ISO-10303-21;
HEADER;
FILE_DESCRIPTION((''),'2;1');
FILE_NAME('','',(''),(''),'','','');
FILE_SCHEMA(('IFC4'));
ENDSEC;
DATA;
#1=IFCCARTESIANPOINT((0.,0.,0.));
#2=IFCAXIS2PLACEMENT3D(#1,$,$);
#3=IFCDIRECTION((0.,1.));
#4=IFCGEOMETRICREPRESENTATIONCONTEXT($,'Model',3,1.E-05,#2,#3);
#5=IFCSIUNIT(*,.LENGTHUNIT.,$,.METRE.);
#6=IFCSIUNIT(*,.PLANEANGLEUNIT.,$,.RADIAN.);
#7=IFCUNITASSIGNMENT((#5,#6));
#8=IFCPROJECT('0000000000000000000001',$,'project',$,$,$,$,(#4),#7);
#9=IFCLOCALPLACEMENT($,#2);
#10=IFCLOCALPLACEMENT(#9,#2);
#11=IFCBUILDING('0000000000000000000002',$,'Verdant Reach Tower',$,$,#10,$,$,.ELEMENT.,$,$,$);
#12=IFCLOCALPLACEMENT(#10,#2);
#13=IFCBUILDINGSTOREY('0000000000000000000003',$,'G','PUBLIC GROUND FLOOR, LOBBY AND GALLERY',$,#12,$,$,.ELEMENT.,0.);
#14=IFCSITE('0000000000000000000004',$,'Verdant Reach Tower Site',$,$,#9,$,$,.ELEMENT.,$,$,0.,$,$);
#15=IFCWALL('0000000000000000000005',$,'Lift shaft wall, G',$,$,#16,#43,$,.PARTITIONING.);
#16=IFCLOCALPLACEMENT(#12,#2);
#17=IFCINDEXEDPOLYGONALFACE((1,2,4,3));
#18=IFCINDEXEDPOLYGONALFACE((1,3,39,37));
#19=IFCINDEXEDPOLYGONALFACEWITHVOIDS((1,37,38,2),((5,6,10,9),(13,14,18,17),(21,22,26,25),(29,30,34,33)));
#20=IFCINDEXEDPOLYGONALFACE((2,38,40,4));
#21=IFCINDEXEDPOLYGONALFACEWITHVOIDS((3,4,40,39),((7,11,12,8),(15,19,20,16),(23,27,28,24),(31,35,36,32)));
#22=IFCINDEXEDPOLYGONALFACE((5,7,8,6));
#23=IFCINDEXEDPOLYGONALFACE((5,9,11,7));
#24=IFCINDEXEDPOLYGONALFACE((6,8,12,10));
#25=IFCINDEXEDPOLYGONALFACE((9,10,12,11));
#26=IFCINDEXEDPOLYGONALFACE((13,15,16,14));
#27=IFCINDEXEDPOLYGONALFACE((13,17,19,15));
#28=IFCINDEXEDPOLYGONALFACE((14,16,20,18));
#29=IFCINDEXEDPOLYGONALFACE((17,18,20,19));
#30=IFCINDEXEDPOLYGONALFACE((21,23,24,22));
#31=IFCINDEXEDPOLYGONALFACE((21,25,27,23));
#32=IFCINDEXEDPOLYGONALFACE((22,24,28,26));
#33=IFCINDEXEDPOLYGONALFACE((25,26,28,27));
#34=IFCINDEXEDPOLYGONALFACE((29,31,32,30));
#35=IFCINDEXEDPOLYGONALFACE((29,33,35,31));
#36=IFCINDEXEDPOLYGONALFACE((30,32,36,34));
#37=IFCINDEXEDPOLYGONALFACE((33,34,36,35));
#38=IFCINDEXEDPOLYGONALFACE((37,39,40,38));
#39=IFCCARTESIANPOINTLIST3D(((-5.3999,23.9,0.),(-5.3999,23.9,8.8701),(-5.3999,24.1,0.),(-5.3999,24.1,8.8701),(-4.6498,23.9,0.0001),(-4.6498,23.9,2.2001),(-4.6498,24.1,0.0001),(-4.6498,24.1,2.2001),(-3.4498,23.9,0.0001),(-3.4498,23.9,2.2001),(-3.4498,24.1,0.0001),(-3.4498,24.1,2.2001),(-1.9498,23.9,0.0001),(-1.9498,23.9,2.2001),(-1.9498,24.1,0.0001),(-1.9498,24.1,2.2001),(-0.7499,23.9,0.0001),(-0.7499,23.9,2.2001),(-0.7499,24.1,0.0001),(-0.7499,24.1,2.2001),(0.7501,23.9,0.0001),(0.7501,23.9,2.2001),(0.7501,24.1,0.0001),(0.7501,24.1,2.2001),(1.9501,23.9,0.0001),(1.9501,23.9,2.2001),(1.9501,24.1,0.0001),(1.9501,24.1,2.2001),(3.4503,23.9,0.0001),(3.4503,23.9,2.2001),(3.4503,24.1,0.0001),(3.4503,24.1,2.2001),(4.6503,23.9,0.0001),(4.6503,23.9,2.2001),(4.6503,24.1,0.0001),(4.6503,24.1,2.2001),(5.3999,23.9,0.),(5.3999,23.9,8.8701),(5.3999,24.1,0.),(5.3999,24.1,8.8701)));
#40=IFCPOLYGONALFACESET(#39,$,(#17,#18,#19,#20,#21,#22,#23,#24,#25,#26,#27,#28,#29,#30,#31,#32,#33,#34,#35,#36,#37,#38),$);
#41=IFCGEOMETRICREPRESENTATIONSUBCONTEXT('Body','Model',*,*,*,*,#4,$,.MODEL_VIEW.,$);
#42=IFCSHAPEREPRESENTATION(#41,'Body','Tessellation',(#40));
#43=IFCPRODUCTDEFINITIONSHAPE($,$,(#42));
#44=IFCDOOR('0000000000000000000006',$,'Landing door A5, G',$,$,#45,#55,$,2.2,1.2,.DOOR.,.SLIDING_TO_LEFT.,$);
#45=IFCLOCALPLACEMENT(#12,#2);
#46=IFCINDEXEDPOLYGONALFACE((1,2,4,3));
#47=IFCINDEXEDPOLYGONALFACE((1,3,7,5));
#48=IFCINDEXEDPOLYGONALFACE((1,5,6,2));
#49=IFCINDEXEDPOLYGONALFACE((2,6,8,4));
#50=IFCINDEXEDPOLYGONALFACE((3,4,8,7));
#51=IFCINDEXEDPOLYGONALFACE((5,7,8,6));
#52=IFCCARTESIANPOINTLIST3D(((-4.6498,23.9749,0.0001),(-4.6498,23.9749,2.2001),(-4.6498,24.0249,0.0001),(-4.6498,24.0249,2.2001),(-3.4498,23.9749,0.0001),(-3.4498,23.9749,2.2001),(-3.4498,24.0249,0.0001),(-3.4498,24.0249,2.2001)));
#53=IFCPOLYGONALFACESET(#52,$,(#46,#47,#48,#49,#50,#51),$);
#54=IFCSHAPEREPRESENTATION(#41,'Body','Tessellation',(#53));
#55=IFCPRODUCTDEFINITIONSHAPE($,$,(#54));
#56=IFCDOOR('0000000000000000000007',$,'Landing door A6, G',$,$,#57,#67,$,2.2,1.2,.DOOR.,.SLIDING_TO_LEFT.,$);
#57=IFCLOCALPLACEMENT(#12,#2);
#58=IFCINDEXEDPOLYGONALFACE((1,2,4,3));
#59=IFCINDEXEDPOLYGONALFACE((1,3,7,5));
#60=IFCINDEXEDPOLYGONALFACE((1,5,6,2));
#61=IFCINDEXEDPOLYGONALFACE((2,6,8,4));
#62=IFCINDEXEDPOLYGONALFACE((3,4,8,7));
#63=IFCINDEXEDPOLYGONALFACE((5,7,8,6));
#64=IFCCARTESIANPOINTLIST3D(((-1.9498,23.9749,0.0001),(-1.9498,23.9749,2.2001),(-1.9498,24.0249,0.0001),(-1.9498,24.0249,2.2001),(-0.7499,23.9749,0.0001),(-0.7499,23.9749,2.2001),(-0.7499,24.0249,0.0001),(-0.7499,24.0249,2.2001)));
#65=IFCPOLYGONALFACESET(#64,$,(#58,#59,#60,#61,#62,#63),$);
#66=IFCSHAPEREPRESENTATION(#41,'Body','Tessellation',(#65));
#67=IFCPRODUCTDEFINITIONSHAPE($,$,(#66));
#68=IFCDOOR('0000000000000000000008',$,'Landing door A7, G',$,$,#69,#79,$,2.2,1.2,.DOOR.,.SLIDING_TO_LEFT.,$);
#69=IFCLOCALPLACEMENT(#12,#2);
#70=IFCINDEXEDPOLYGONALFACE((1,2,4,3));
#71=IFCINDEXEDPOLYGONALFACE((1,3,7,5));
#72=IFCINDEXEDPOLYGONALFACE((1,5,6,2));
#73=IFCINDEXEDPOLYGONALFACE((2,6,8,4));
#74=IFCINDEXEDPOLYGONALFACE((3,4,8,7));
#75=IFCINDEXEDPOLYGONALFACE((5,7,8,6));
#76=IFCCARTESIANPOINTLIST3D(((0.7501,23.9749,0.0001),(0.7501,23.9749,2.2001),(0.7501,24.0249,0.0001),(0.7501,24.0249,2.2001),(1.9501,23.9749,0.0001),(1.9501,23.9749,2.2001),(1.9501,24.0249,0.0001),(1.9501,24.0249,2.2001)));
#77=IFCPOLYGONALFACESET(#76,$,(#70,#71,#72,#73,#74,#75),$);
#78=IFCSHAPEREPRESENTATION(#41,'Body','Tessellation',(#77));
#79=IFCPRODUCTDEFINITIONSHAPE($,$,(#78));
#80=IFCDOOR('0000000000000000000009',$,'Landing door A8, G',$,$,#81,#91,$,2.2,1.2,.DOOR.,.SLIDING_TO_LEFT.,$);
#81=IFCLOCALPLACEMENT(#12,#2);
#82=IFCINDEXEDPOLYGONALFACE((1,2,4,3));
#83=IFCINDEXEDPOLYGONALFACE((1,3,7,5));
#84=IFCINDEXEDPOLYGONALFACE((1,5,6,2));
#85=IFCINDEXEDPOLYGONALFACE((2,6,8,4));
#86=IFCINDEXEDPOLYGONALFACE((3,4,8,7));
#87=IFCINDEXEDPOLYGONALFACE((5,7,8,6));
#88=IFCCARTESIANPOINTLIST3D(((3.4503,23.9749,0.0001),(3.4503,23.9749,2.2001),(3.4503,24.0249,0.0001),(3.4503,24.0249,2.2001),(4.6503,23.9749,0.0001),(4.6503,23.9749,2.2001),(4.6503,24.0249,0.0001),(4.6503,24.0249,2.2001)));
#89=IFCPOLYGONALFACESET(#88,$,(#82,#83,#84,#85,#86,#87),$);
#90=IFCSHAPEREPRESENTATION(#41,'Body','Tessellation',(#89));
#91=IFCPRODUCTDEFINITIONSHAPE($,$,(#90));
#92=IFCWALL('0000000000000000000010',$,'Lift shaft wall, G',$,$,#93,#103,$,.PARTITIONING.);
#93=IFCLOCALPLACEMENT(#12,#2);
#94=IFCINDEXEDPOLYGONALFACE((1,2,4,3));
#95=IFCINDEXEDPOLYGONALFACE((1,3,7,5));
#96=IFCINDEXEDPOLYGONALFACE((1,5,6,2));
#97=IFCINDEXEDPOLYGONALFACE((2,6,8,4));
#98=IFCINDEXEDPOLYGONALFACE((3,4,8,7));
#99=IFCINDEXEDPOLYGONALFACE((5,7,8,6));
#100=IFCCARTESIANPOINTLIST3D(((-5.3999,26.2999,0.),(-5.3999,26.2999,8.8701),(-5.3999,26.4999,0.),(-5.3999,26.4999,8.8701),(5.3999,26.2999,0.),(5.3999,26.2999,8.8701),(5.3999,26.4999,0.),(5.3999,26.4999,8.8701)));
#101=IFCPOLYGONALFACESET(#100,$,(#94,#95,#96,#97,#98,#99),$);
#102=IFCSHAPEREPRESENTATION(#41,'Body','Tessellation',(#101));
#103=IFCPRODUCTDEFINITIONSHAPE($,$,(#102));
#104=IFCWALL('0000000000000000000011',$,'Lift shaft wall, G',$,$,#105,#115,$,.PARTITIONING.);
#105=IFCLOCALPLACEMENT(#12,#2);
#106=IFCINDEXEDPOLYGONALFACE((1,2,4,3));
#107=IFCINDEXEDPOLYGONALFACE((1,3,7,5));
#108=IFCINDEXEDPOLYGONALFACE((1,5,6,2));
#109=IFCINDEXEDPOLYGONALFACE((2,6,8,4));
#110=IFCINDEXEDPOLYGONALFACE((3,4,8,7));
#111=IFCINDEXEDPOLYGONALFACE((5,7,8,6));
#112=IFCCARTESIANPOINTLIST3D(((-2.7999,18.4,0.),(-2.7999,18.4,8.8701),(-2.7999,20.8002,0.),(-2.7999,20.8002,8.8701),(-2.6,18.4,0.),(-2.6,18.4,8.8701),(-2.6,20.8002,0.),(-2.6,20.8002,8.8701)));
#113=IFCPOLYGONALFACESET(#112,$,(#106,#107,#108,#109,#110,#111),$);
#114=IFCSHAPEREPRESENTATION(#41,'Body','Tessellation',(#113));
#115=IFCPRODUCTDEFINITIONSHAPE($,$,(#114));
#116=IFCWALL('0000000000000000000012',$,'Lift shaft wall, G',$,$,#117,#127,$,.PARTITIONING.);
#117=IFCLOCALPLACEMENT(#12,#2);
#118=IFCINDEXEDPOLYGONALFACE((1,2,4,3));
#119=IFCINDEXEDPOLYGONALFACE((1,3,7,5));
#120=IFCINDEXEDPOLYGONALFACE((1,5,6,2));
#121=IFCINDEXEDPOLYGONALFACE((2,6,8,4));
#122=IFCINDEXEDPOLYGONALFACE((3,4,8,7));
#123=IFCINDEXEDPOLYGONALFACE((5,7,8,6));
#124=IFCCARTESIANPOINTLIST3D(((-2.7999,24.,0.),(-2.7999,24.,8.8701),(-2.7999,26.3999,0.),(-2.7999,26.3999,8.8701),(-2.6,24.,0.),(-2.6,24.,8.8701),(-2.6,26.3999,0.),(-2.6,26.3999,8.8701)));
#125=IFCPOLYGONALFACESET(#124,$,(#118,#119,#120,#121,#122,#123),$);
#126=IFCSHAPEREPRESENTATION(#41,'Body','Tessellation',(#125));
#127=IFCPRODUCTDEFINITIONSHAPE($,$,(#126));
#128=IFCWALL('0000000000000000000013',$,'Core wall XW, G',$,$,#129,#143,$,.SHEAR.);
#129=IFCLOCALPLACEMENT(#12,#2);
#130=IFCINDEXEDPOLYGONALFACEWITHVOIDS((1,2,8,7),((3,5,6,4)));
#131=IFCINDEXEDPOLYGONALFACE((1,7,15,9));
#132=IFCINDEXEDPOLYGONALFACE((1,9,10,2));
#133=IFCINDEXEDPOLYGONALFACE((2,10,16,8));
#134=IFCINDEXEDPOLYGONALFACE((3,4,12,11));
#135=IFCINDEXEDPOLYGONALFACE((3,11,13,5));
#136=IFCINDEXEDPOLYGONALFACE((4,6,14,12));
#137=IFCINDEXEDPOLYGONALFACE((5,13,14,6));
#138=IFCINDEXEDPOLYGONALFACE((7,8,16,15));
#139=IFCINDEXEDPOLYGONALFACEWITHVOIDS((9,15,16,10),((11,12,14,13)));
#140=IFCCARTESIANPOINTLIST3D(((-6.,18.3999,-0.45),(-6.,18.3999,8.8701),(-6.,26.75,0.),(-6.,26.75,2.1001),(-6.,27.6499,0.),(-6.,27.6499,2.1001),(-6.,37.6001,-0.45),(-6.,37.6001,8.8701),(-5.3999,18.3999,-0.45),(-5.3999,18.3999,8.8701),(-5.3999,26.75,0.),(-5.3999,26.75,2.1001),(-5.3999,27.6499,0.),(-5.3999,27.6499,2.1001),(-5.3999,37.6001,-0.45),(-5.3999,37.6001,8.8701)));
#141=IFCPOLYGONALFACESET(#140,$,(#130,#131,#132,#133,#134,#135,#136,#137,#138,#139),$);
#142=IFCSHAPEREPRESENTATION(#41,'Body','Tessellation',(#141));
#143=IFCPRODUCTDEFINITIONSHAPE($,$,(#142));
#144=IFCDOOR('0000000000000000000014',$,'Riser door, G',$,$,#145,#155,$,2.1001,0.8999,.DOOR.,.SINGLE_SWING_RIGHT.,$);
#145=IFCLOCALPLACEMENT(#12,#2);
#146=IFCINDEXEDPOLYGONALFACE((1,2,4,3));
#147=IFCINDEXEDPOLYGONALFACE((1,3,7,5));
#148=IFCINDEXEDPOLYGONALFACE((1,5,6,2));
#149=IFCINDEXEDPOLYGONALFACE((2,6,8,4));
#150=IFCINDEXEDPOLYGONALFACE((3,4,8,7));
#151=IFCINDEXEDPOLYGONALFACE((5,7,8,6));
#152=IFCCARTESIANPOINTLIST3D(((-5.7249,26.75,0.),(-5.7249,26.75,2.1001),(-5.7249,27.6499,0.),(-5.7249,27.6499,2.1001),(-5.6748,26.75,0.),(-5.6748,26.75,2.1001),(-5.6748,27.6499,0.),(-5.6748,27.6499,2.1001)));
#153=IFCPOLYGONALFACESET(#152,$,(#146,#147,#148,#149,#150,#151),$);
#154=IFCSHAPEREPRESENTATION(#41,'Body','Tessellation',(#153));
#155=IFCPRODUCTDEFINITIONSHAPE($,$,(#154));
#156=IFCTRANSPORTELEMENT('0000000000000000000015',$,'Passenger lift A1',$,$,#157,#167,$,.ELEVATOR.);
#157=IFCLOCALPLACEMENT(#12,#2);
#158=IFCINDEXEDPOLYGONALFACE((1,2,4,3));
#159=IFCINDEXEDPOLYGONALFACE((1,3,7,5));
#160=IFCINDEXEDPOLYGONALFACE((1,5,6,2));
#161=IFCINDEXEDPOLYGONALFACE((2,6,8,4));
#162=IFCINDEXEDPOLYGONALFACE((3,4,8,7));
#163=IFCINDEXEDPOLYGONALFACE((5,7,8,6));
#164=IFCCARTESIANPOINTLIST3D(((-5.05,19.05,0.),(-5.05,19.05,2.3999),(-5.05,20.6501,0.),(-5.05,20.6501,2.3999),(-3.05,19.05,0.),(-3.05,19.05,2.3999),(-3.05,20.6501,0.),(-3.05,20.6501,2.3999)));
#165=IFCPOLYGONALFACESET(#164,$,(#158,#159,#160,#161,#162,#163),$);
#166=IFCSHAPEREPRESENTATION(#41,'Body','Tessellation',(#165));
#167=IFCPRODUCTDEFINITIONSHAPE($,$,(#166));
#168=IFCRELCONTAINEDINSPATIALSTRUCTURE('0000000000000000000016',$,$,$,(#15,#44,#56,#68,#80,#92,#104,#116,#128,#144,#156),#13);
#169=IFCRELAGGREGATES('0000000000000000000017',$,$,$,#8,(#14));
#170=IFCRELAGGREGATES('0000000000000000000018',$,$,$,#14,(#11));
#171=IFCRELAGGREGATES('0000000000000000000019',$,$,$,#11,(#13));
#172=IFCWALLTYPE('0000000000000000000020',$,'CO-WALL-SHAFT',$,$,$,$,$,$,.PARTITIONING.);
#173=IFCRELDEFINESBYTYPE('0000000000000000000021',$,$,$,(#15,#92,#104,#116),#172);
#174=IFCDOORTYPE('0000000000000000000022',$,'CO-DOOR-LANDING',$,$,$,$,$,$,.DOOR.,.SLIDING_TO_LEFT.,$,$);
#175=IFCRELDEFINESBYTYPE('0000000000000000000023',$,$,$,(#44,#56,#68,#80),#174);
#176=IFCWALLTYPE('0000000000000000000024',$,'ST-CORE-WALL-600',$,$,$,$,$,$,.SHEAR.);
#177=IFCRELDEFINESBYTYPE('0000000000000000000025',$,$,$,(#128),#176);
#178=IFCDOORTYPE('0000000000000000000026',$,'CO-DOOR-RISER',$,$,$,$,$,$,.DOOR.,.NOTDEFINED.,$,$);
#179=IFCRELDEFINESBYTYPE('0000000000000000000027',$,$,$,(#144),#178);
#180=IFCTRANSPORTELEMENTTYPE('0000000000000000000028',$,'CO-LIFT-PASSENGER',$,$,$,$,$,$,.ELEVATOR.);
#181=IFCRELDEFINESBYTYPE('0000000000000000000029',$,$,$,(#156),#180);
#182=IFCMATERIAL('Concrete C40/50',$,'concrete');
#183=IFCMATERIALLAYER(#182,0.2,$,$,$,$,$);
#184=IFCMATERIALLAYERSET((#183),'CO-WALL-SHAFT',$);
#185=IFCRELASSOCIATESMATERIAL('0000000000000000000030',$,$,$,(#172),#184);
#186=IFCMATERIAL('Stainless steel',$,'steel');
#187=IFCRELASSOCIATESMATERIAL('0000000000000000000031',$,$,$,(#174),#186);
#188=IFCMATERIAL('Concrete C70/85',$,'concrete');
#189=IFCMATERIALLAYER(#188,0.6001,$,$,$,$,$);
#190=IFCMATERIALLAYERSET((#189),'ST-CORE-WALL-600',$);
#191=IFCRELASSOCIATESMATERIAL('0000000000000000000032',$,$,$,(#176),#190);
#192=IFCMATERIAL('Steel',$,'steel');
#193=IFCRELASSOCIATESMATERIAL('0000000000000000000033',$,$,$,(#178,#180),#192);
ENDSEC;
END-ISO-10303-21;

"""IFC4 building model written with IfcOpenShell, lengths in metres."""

from ifc_helpers import new_model, si_unit, direction, frame, frame_2d, origin, origin_2d, place, context, subcontext, project, spatial, rectangle, extrude, material, layer, layer_set, type_object, element, fill, save


model = new_model("IFC4")

# Units and contexts
model_context = context("Model", 3, precision=1e-05, world=origin(), true_north=direction((0.0, 1.0)))
body_context = subcontext(model_context, "Body", "Model", "MODEL_VIEW")
ifc_project = project(units=[si_unit("LENGTHUNIT", "METRE"), si_unit("PLANEANGLEUNIT", "RADIAN")], contexts=[model_context])

# Site, building, storey
site_placement = place(None, origin())
site = spatial("IfcSite", under=ifc_project, at=site_placement, Name="Verdant Reach Tower Site", CompositionType="ELEMENT", RefElevation=0.0)
building_placement = place(site_placement, origin())
building = spatial("IfcBuilding", under=site, at=building_placement, Name="Verdant Reach Tower", CompositionType="ELEMENT")
storey_placement = place(building_placement, origin())
storey = spatial("IfcBuildingStorey", under=building, at=storey_placement, Name="G", Description="PUBLIC GROUND FLOOR, LOBBY AND GALLERY", CompositionType="ELEMENT", Elevation=0.0)

# Wall, openings, doors
ifc_material_1 = material(Name="Concrete C40/50", Category="concrete")
ifc_layer_1 = layer(ifc_material_1, 0.2)
ifc_layer_set_1 = layer_set([ifc_layer_1], Name="CO-WALL-SHAFT")
wall_type_1 = type_object("IfcWallType", Name="CO-WALL-SHAFT", PredefinedType="PARTITIONING", material=ifc_layer_set_1)
ifc_material_2 = material(Name="Stainless steel", Category="steel")
door_type_1 = type_object("IfcDoorType", Name="CO-DOOR-LANDING", OperationType="SLIDING_TO_LEFT", PredefinedType="DOOR", material=ifc_material_2)
wall_1_placement = place(storey_placement, frame((-5.3999, 24.0, 0.0), z_axis=(0.0, 0.0, 1.0), x_axis=(1.0, 0.0, 0.0)))
wall_1 = element("IfcWall", 1, at=wall_1_placement, inside=storey, type_object=wall_type_1, Name="Lift shaft wall, G", PredefinedType="PARTITIONING", context=body_context, shape_type="SweptSolid", body=[
    extrude(rectangle(XDim=10.7998, YDim=0.2, at=frame_2d((5.3999, 0.0))), origin(), (0.0, 0.0, 1.0), 8.8701),
])
opening_1_placement = place(wall_1_placement, frame((0.75, 0.0, 0.0)))
opening_1 = element("IfcOpeningElement", 2, at=opening_1_placement, cuts=wall_1, PredefinedType="OPENING", context=body_context, shape_type="SweptSolid", body=[
    extrude(rectangle(XDim=1.2, YDim=2.2, at=frame_2d((0.6001, 1.1001))), frame((0.0, 0.1099, 0.0), z_axis=(0.0, -1.0, 0.0), x_axis=(1.0, 0.0, 0.0)), (0.0, 0.0, 1.0), 0.22),
])
opening_2_placement = place(wall_1_placement, frame((3.45, 0.0, 0.0)))
opening_2 = element("IfcOpeningElement", 3, at=opening_2_placement, cuts=wall_1, PredefinedType="OPENING", context=body_context, shape_type="SweptSolid", body=[
    extrude(rectangle(XDim=1.2, YDim=2.2, at=frame_2d((0.6001, 1.1001))), frame((0.0, 0.1099, 0.0), z_axis=(0.0, -1.0, 0.0), x_axis=(1.0, 0.0, 0.0)), (0.0, 0.0, 1.0), 0.22),
])
opening_3_placement = place(wall_1_placement, frame((6.1499, 0.0, 0.0)))
opening_3 = element("IfcOpeningElement", 4, at=opening_3_placement, cuts=wall_1, PredefinedType="OPENING", context=body_context, shape_type="SweptSolid", body=[
    extrude(rectangle(XDim=1.2, YDim=2.2, at=frame_2d((0.6001, 1.1001))), frame((0.0, 0.1099, 0.0), z_axis=(0.0, -1.0, 0.0), x_axis=(1.0, 0.0, 0.0)), (0.0, 0.0, 1.0), 0.22),
])
opening_4_placement = place(wall_1_placement, frame((8.8501, 0.0, 0.0)))
opening_4 = element("IfcOpeningElement", 5, at=opening_4_placement, cuts=wall_1, PredefinedType="OPENING", context=body_context, shape_type="SweptSolid", body=[
    extrude(rectangle(XDim=1.2, YDim=2.2, at=frame_2d((0.6001, 1.1001))), frame((0.0, 0.1099, 0.0), z_axis=(0.0, -1.0, 0.0), x_axis=(1.0, 0.0, 0.0)), (0.0, 0.0, 1.0), 0.22),
])
door_1_placement = place(opening_1_placement, origin())
door_1 = element("IfcDoor", 6, at=door_1_placement, inside=storey, type_object=door_type_1, Name="Landing door A5, G", OperationType="SLIDING_TO_LEFT", OverallHeight=2.2, OverallWidth=1.2, PredefinedType="DOOR", context=body_context, shape_type="SweptSolid", body=[
    extrude(rectangle(XDim=1.2, YDim=2.2, at=frame_2d((0.6001, 1.1001))), frame((0.0, 0.0249, 0.0), z_axis=(0.0, -1.0, 0.0), x_axis=(1.0, 0.0, 0.0)), (0.0, 0.0, 1.0), 0.05),
])
fill(opening_1, door_1)
door_2_placement = place(opening_2_placement, origin())
door_2 = element("IfcDoor", 7, at=door_2_placement, inside=storey, type_object=door_type_1, Name="Landing door A6, G", OperationType="SLIDING_TO_LEFT", OverallHeight=2.2, OverallWidth=1.2, PredefinedType="DOOR", context=body_context, shape_type="SweptSolid", body=[
    extrude(rectangle(XDim=1.2, YDim=2.2, at=frame_2d((0.6001, 1.1001))), frame((0.0, 0.0249, 0.0), z_axis=(0.0, -1.0, 0.0), x_axis=(1.0, 0.0, 0.0)), (0.0, 0.0, 1.0), 0.05),
])
fill(opening_2, door_2)
door_3_placement = place(opening_3_placement, origin())
door_3 = element("IfcDoor", 8, at=door_3_placement, inside=storey, type_object=door_type_1, Name="Landing door A7, G", OperationType="SLIDING_TO_LEFT", OverallHeight=2.2, OverallWidth=1.2, PredefinedType="DOOR", context=body_context, shape_type="SweptSolid", body=[
    extrude(rectangle(XDim=1.2, YDim=2.2, at=frame_2d((0.6001, 1.1001))), frame((0.0, 0.0249, 0.0), z_axis=(0.0, -1.0, 0.0), x_axis=(1.0, 0.0, 0.0)), (0.0, 0.0, 1.0), 0.05),
])
fill(opening_3, door_3)
door_4_placement = place(opening_4_placement, origin())
door_4 = element("IfcDoor", 9, at=door_4_placement, inside=storey, type_object=door_type_1, Name="Landing door A8, G", OperationType="SLIDING_TO_LEFT", OverallHeight=2.2, OverallWidth=1.2, PredefinedType="DOOR", context=body_context, shape_type="SweptSolid", body=[
    extrude(rectangle(XDim=1.2, YDim=2.2, at=frame_2d((0.6001, 1.1001))), frame((0.0, 0.0249, 0.0), z_axis=(0.0, -1.0, 0.0), x_axis=(1.0, 0.0, 0.0)), (0.0, 0.0, 1.0), 0.05),
])
fill(opening_4, door_4)

# Walls
wall_2_placement = place(storey_placement, frame((-5.3999, 26.3999, 0.0), z_axis=(0.0, 0.0, 1.0), x_axis=(1.0, 0.0, 0.0)))
element("IfcWall", 10, at=wall_2_placement, inside=storey, type_object=wall_type_1, Name="Lift shaft wall, G", PredefinedType="PARTITIONING", context=body_context, shape_type="SweptSolid", body=[
    extrude(rectangle(XDim=10.7998, YDim=0.2, at=frame_2d((5.3999, 0.0))), origin(), (0.0, 0.0, 1.0), 8.8701),
])
wall_3_placement = place(storey_placement, frame((-2.7, 18.3999, 0.0), z_axis=(0.0, 0.0, 1.0), x_axis=(0.0, 1.0, 0.0)))
element("IfcWall", 11, at=wall_3_placement, inside=storey, type_object=wall_type_1, Name="Lift shaft wall, G", PredefinedType="PARTITIONING", context=body_context, shape_type="SweptSolid", body=[
    extrude(rectangle(XDim=2.4001, YDim=0.2, at=frame_2d((1.2002, 0.0))), origin(), (0.0, 0.0, 1.0), 8.8701),
])
wall_4_placement = place(storey_placement, frame((-2.7, 24.0, 0.0), z_axis=(0.0, 0.0, 1.0), x_axis=(0.0, 1.0, 0.0)))
element("IfcWall", 12, at=wall_4_placement, inside=storey, type_object=wall_type_1, Name="Lift shaft wall, G", PredefinedType="PARTITIONING", context=body_context, shape_type="SweptSolid", body=[
    extrude(rectangle(XDim=2.3999, YDim=0.2, at=frame_2d((1.2, 0.0))), origin(), (0.0, 0.0, 1.0), 8.8701),
])

# Wall, opening, door
ifc_material_3 = material(Name="Concrete C70/85", Category="concrete")
ifc_layer_2 = layer(ifc_material_3, 0.6001)
ifc_layer_set_2 = layer_set([ifc_layer_2], Name="ST-CORE-WALL-600")
wall_type_2 = type_object("IfcWallType", Name="ST-CORE-WALL-600", PredefinedType="SHEAR", material=ifc_layer_set_2)
wall_5_placement = place(storey_placement, frame((-5.7, 18.3999, -0.45), z_axis=(0.0, 0.0, 1.0), x_axis=(0.0, 1.0, 0.0)))
wall_5 = element("IfcWall", 13, at=wall_5_placement, inside=storey, type_object=wall_type_2, Name="Core wall XW, G", PredefinedType="SHEAR", context=body_context, shape_type="SweptSolid", body=[
    extrude(rectangle(XDim=19.2002, YDim=0.6001, at=frame_2d((9.6001, 0.0))), origin(), (0.0, 0.0, 1.0), 9.3201),
])
opening_5_placement = place(wall_5_placement, frame((8.3501, 0.0, 0.45)))
opening_5 = element("IfcOpeningElement", 14, at=opening_5_placement, cuts=wall_5, PredefinedType="OPENING", context=body_context, shape_type="SweptSolid", body=[
    extrude(rectangle(XDim=0.8999, YDim=2.1001, at=frame_2d((0.45, 1.05))), frame((0.0, 0.3101, 0.0), z_axis=(0.0, -1.0, 0.0), x_axis=(1.0, 0.0, 0.0)), (0.0, 0.0, 1.0), 0.6201),
])
ifc_material_4 = material(Name="Steel", Category="steel")
door_type_2 = type_object("IfcDoorType", Name="CO-DOOR-RISER", OperationType="NOTDEFINED", PredefinedType="DOOR", material=ifc_material_4)
door_5_placement = place(opening_5_placement, origin())
door_5 = element("IfcDoor", 15, at=door_5_placement, inside=storey, type_object=door_type_2, Name="Riser door, G", OperationType="SINGLE_SWING_RIGHT", OverallHeight=2.1001, OverallWidth=0.8999, PredefinedType="DOOR", context=body_context, shape_type="SweptSolid", body=[
    extrude(rectangle(XDim=0.8999, YDim=2.1001, at=frame_2d((0.45, 1.05))), frame((0.0, 0.0249, 0.0), z_axis=(0.0, -1.0, 0.0), x_axis=(1.0, 0.0, 0.0)), (0.0, 0.0, 1.0), 0.05),
])
fill(opening_5, door_5)

# Transport element
transport_element_type = type_object("IfcTransportElementType", Name="CO-LIFT-PASSENGER", PredefinedType="ELEVATOR", material=ifc_material_4)
for number, where, z_axis, x_axis, name in (
    (16, (-4.05, 19.8501, 0.0), (0.0, 0.0, 1.0), (1.0, 0.0, 0.0), "Passenger lift A1"),
):
    element("IfcTransportElement", number, at=place(storey_placement, frame(where, z_axis=z_axis, x_axis=x_axis)), inside=storey, type_object=transport_element_type, Name=name, PredefinedType="ELEVATOR", context=body_context, shape_type="SweptSolid", body=[
        extrude(rectangle(XDim=2.0, YDim=1.6001, at=origin_2d()), origin(), (0.0, 0.0, 1.0), 2.3999),
    ])

save(model, "model.ifc")
